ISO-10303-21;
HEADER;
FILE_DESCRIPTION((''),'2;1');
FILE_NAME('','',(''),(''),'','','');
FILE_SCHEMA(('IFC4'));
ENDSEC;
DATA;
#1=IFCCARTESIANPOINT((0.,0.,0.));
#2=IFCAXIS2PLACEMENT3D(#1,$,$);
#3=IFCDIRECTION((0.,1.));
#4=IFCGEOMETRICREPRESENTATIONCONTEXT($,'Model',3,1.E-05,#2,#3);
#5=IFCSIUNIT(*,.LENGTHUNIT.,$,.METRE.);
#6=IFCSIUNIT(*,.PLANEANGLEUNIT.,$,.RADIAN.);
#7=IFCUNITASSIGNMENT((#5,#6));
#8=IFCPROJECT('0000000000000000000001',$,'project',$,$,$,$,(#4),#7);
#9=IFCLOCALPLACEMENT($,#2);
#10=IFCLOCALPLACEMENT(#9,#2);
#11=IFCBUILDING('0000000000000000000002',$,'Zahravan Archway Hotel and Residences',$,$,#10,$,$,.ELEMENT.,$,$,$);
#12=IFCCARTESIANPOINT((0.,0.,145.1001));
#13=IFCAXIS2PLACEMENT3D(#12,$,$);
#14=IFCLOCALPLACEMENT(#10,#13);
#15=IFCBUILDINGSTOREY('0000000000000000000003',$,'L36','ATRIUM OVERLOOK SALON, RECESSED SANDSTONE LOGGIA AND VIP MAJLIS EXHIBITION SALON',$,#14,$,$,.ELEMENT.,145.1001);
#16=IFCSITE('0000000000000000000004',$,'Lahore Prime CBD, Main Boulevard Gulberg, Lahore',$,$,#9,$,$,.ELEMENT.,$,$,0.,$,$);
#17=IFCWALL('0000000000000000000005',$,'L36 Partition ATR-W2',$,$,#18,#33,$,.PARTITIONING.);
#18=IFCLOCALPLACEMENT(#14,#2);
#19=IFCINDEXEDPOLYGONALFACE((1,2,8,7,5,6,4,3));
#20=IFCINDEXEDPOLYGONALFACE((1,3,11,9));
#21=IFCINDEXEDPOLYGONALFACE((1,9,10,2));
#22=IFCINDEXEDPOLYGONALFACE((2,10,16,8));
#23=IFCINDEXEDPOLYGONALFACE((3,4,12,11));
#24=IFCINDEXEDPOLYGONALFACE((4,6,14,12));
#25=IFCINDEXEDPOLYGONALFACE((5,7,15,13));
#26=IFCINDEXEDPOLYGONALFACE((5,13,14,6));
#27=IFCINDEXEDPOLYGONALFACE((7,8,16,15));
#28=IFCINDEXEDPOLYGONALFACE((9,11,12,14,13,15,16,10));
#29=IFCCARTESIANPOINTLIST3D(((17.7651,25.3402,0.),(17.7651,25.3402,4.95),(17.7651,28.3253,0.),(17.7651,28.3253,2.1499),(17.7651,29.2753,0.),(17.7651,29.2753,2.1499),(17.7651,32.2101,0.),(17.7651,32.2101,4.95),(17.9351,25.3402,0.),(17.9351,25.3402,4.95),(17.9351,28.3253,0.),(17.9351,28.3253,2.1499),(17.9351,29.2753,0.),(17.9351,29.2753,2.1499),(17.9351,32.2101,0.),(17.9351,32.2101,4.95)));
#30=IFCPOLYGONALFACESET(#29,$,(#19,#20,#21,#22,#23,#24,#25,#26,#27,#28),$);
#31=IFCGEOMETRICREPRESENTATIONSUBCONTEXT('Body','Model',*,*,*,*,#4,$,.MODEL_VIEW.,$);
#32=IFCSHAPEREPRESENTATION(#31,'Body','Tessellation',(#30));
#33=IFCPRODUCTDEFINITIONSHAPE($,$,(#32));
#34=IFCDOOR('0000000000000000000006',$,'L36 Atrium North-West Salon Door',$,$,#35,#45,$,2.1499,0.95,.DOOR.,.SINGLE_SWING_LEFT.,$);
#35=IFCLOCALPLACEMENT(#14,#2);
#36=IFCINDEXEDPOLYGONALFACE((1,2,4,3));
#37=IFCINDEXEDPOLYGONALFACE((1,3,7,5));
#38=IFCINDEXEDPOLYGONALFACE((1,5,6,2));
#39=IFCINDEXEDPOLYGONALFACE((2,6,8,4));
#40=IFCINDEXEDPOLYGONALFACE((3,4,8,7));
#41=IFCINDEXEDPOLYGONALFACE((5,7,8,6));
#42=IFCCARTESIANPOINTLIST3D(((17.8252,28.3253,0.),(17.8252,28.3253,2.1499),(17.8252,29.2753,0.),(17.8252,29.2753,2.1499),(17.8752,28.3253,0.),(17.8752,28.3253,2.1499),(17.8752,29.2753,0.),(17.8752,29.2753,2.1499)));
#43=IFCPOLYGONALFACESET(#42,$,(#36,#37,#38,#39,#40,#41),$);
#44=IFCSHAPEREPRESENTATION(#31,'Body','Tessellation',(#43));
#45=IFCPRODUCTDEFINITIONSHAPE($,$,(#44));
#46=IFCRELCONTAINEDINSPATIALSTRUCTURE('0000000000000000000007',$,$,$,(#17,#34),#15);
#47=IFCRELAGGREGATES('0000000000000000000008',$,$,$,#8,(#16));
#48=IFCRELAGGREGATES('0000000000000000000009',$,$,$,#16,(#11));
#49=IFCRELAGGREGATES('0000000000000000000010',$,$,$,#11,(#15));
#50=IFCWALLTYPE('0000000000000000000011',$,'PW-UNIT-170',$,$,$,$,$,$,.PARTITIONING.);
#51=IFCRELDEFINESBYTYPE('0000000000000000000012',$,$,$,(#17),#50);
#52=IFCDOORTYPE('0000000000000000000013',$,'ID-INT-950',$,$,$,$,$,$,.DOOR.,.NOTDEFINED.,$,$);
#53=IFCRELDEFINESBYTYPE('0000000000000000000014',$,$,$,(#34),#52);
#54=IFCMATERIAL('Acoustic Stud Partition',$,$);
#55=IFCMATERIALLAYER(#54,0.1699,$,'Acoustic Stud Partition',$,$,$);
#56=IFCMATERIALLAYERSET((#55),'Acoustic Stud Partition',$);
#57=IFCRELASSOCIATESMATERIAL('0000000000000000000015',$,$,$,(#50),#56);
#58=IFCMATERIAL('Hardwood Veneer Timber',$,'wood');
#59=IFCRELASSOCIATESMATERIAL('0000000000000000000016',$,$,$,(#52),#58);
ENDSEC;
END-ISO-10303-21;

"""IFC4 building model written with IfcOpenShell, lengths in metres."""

from ifc_helpers import new_model, si_unit, direction, frame, frame_2d, origin, place, context, subcontext, project, spatial, rectangle, extrude, source, transform, mapped, material, layer, layer_set, type_object, type_shapes, element, fill, save


model = new_model("IFC4")

# Units and contexts
model_context = context("Model", 3, precision=1e-05, world=origin(), true_north=direction((0.0, 1.0)))
body_context = subcontext(model_context, "Body", "Model", "MODEL_VIEW")
ifc_project = project(units=[si_unit("LENGTHUNIT", "METRE"), si_unit("PLANEANGLEUNIT", "RADIAN")], contexts=[model_context])

# Site, building, storey
site_placement = place(None, origin())
site = spatial("IfcSite", under=ifc_project, at=site_placement, Name="Lahore Prime CBD, Main Boulevard Gulberg, Lahore", CompositionType="ELEMENT", RefElevation=0.0)
building_placement = place(site_placement, origin())
building = spatial("IfcBuilding", under=site, at=building_placement, Name="Zahravan Archway Hotel and Residences", CompositionType="ELEMENT")
storey_placement = place(building_placement, frame((0.0, 0.0, 145.1001)))
storey = spatial("IfcBuildingStorey", under=building, at=storey_placement, Name="L36", Description="ATRIUM OVERLOOK SALON, RECESSED SANDSTONE LOGGIA AND VIP MAJLIS EXHIBITION SALON", CompositionType="ELEMENT", Elevation=145.1001)

# Wall, opening, door
ifc_material_1 = material(Name="Acoustic Stud Partition")
ifc_layer_1 = layer(ifc_material_1, 0.1699, Name="Acoustic Stud Partition")
ifc_layer_set_1 = layer_set([ifc_layer_1], Name="Acoustic Stud Partition")
wall_type = type_object("IfcWallType", Name="PW-UNIT-170", PredefinedType="PARTITIONING", material=ifc_layer_set_1)
wall_placement = place(storey_placement, frame((17.8501, 25.3401, 0.0), z_axis=(0.0, 0.0, 1.0), x_axis=(0.0, 1.0, 0.0)))
wall = element("IfcWall", 1, at=wall_placement, inside=storey, type_object=wall_type, Name="L36 Partition ATR-W2", PredefinedType="PARTITIONING", context=body_context, shape_type="SweptSolid", body=[
    extrude(rectangle(XDim=6.8699, YDim=0.1699, at=frame_2d((3.4351, 0.0))), origin(), (0.0, 0.0, 1.0), 4.95),
])
opening_placement = place(wall_placement, frame((2.9851, 0.0, 0.0)))
opening = element("IfcOpeningElement", 2, at=opening_placement, cuts=wall, PredefinedType="OPENING", context=body_context, shape_type="SweptSolid", body=[
    extrude(rectangle(XDim=0.95, YDim=2.1499, at=frame_2d((0.4751, 1.075))), frame((0.0, 0.095, 0.0), z_axis=(0.0, -1.0, 0.0), x_axis=(1.0, 0.0, 0.0)), (0.0, 0.0, 1.0), 0.1899),
])
ifc_material_2 = material(Name="Hardwood Veneer Timber", Category="wood")
door_type = type_object("IfcDoorType", Name="ID-INT-950", OperationType="NOTDEFINED", PredefinedType="DOOR", material=ifc_material_2)
shared_shape_1 = source(origin(), body_context, "Body", "SweptSolid", [
    extrude(rectangle(XDim=0.95, YDim=2.1499, at=frame_2d((0.4751, 1.075))), frame((0.0, 0.0249, 0.0), z_axis=(0.0, -1.0, 0.0), x_axis=(1.0, 0.0, 0.0)), (0.0, 0.0, 1.0), 0.05),
])
type_shapes(door_type, [shared_shape_1])
door_placement = place(opening_placement, origin())
door = element("IfcDoor", 3, at=door_placement, inside=storey, type_object=door_type, Name="L36 Atrium North-West Salon Door", OperationType="SINGLE_SWING_LEFT", OverallHeight=2.1499, OverallWidth=0.95, PredefinedType="DOOR", context=body_context, shape_type="MappedRepresentation", body=[
    mapped(shared_shape_1, transform((0.0, 0.0, 0.0), scale=1.0)),
])
fill(opening, door)

save(model, "model.ifc")
